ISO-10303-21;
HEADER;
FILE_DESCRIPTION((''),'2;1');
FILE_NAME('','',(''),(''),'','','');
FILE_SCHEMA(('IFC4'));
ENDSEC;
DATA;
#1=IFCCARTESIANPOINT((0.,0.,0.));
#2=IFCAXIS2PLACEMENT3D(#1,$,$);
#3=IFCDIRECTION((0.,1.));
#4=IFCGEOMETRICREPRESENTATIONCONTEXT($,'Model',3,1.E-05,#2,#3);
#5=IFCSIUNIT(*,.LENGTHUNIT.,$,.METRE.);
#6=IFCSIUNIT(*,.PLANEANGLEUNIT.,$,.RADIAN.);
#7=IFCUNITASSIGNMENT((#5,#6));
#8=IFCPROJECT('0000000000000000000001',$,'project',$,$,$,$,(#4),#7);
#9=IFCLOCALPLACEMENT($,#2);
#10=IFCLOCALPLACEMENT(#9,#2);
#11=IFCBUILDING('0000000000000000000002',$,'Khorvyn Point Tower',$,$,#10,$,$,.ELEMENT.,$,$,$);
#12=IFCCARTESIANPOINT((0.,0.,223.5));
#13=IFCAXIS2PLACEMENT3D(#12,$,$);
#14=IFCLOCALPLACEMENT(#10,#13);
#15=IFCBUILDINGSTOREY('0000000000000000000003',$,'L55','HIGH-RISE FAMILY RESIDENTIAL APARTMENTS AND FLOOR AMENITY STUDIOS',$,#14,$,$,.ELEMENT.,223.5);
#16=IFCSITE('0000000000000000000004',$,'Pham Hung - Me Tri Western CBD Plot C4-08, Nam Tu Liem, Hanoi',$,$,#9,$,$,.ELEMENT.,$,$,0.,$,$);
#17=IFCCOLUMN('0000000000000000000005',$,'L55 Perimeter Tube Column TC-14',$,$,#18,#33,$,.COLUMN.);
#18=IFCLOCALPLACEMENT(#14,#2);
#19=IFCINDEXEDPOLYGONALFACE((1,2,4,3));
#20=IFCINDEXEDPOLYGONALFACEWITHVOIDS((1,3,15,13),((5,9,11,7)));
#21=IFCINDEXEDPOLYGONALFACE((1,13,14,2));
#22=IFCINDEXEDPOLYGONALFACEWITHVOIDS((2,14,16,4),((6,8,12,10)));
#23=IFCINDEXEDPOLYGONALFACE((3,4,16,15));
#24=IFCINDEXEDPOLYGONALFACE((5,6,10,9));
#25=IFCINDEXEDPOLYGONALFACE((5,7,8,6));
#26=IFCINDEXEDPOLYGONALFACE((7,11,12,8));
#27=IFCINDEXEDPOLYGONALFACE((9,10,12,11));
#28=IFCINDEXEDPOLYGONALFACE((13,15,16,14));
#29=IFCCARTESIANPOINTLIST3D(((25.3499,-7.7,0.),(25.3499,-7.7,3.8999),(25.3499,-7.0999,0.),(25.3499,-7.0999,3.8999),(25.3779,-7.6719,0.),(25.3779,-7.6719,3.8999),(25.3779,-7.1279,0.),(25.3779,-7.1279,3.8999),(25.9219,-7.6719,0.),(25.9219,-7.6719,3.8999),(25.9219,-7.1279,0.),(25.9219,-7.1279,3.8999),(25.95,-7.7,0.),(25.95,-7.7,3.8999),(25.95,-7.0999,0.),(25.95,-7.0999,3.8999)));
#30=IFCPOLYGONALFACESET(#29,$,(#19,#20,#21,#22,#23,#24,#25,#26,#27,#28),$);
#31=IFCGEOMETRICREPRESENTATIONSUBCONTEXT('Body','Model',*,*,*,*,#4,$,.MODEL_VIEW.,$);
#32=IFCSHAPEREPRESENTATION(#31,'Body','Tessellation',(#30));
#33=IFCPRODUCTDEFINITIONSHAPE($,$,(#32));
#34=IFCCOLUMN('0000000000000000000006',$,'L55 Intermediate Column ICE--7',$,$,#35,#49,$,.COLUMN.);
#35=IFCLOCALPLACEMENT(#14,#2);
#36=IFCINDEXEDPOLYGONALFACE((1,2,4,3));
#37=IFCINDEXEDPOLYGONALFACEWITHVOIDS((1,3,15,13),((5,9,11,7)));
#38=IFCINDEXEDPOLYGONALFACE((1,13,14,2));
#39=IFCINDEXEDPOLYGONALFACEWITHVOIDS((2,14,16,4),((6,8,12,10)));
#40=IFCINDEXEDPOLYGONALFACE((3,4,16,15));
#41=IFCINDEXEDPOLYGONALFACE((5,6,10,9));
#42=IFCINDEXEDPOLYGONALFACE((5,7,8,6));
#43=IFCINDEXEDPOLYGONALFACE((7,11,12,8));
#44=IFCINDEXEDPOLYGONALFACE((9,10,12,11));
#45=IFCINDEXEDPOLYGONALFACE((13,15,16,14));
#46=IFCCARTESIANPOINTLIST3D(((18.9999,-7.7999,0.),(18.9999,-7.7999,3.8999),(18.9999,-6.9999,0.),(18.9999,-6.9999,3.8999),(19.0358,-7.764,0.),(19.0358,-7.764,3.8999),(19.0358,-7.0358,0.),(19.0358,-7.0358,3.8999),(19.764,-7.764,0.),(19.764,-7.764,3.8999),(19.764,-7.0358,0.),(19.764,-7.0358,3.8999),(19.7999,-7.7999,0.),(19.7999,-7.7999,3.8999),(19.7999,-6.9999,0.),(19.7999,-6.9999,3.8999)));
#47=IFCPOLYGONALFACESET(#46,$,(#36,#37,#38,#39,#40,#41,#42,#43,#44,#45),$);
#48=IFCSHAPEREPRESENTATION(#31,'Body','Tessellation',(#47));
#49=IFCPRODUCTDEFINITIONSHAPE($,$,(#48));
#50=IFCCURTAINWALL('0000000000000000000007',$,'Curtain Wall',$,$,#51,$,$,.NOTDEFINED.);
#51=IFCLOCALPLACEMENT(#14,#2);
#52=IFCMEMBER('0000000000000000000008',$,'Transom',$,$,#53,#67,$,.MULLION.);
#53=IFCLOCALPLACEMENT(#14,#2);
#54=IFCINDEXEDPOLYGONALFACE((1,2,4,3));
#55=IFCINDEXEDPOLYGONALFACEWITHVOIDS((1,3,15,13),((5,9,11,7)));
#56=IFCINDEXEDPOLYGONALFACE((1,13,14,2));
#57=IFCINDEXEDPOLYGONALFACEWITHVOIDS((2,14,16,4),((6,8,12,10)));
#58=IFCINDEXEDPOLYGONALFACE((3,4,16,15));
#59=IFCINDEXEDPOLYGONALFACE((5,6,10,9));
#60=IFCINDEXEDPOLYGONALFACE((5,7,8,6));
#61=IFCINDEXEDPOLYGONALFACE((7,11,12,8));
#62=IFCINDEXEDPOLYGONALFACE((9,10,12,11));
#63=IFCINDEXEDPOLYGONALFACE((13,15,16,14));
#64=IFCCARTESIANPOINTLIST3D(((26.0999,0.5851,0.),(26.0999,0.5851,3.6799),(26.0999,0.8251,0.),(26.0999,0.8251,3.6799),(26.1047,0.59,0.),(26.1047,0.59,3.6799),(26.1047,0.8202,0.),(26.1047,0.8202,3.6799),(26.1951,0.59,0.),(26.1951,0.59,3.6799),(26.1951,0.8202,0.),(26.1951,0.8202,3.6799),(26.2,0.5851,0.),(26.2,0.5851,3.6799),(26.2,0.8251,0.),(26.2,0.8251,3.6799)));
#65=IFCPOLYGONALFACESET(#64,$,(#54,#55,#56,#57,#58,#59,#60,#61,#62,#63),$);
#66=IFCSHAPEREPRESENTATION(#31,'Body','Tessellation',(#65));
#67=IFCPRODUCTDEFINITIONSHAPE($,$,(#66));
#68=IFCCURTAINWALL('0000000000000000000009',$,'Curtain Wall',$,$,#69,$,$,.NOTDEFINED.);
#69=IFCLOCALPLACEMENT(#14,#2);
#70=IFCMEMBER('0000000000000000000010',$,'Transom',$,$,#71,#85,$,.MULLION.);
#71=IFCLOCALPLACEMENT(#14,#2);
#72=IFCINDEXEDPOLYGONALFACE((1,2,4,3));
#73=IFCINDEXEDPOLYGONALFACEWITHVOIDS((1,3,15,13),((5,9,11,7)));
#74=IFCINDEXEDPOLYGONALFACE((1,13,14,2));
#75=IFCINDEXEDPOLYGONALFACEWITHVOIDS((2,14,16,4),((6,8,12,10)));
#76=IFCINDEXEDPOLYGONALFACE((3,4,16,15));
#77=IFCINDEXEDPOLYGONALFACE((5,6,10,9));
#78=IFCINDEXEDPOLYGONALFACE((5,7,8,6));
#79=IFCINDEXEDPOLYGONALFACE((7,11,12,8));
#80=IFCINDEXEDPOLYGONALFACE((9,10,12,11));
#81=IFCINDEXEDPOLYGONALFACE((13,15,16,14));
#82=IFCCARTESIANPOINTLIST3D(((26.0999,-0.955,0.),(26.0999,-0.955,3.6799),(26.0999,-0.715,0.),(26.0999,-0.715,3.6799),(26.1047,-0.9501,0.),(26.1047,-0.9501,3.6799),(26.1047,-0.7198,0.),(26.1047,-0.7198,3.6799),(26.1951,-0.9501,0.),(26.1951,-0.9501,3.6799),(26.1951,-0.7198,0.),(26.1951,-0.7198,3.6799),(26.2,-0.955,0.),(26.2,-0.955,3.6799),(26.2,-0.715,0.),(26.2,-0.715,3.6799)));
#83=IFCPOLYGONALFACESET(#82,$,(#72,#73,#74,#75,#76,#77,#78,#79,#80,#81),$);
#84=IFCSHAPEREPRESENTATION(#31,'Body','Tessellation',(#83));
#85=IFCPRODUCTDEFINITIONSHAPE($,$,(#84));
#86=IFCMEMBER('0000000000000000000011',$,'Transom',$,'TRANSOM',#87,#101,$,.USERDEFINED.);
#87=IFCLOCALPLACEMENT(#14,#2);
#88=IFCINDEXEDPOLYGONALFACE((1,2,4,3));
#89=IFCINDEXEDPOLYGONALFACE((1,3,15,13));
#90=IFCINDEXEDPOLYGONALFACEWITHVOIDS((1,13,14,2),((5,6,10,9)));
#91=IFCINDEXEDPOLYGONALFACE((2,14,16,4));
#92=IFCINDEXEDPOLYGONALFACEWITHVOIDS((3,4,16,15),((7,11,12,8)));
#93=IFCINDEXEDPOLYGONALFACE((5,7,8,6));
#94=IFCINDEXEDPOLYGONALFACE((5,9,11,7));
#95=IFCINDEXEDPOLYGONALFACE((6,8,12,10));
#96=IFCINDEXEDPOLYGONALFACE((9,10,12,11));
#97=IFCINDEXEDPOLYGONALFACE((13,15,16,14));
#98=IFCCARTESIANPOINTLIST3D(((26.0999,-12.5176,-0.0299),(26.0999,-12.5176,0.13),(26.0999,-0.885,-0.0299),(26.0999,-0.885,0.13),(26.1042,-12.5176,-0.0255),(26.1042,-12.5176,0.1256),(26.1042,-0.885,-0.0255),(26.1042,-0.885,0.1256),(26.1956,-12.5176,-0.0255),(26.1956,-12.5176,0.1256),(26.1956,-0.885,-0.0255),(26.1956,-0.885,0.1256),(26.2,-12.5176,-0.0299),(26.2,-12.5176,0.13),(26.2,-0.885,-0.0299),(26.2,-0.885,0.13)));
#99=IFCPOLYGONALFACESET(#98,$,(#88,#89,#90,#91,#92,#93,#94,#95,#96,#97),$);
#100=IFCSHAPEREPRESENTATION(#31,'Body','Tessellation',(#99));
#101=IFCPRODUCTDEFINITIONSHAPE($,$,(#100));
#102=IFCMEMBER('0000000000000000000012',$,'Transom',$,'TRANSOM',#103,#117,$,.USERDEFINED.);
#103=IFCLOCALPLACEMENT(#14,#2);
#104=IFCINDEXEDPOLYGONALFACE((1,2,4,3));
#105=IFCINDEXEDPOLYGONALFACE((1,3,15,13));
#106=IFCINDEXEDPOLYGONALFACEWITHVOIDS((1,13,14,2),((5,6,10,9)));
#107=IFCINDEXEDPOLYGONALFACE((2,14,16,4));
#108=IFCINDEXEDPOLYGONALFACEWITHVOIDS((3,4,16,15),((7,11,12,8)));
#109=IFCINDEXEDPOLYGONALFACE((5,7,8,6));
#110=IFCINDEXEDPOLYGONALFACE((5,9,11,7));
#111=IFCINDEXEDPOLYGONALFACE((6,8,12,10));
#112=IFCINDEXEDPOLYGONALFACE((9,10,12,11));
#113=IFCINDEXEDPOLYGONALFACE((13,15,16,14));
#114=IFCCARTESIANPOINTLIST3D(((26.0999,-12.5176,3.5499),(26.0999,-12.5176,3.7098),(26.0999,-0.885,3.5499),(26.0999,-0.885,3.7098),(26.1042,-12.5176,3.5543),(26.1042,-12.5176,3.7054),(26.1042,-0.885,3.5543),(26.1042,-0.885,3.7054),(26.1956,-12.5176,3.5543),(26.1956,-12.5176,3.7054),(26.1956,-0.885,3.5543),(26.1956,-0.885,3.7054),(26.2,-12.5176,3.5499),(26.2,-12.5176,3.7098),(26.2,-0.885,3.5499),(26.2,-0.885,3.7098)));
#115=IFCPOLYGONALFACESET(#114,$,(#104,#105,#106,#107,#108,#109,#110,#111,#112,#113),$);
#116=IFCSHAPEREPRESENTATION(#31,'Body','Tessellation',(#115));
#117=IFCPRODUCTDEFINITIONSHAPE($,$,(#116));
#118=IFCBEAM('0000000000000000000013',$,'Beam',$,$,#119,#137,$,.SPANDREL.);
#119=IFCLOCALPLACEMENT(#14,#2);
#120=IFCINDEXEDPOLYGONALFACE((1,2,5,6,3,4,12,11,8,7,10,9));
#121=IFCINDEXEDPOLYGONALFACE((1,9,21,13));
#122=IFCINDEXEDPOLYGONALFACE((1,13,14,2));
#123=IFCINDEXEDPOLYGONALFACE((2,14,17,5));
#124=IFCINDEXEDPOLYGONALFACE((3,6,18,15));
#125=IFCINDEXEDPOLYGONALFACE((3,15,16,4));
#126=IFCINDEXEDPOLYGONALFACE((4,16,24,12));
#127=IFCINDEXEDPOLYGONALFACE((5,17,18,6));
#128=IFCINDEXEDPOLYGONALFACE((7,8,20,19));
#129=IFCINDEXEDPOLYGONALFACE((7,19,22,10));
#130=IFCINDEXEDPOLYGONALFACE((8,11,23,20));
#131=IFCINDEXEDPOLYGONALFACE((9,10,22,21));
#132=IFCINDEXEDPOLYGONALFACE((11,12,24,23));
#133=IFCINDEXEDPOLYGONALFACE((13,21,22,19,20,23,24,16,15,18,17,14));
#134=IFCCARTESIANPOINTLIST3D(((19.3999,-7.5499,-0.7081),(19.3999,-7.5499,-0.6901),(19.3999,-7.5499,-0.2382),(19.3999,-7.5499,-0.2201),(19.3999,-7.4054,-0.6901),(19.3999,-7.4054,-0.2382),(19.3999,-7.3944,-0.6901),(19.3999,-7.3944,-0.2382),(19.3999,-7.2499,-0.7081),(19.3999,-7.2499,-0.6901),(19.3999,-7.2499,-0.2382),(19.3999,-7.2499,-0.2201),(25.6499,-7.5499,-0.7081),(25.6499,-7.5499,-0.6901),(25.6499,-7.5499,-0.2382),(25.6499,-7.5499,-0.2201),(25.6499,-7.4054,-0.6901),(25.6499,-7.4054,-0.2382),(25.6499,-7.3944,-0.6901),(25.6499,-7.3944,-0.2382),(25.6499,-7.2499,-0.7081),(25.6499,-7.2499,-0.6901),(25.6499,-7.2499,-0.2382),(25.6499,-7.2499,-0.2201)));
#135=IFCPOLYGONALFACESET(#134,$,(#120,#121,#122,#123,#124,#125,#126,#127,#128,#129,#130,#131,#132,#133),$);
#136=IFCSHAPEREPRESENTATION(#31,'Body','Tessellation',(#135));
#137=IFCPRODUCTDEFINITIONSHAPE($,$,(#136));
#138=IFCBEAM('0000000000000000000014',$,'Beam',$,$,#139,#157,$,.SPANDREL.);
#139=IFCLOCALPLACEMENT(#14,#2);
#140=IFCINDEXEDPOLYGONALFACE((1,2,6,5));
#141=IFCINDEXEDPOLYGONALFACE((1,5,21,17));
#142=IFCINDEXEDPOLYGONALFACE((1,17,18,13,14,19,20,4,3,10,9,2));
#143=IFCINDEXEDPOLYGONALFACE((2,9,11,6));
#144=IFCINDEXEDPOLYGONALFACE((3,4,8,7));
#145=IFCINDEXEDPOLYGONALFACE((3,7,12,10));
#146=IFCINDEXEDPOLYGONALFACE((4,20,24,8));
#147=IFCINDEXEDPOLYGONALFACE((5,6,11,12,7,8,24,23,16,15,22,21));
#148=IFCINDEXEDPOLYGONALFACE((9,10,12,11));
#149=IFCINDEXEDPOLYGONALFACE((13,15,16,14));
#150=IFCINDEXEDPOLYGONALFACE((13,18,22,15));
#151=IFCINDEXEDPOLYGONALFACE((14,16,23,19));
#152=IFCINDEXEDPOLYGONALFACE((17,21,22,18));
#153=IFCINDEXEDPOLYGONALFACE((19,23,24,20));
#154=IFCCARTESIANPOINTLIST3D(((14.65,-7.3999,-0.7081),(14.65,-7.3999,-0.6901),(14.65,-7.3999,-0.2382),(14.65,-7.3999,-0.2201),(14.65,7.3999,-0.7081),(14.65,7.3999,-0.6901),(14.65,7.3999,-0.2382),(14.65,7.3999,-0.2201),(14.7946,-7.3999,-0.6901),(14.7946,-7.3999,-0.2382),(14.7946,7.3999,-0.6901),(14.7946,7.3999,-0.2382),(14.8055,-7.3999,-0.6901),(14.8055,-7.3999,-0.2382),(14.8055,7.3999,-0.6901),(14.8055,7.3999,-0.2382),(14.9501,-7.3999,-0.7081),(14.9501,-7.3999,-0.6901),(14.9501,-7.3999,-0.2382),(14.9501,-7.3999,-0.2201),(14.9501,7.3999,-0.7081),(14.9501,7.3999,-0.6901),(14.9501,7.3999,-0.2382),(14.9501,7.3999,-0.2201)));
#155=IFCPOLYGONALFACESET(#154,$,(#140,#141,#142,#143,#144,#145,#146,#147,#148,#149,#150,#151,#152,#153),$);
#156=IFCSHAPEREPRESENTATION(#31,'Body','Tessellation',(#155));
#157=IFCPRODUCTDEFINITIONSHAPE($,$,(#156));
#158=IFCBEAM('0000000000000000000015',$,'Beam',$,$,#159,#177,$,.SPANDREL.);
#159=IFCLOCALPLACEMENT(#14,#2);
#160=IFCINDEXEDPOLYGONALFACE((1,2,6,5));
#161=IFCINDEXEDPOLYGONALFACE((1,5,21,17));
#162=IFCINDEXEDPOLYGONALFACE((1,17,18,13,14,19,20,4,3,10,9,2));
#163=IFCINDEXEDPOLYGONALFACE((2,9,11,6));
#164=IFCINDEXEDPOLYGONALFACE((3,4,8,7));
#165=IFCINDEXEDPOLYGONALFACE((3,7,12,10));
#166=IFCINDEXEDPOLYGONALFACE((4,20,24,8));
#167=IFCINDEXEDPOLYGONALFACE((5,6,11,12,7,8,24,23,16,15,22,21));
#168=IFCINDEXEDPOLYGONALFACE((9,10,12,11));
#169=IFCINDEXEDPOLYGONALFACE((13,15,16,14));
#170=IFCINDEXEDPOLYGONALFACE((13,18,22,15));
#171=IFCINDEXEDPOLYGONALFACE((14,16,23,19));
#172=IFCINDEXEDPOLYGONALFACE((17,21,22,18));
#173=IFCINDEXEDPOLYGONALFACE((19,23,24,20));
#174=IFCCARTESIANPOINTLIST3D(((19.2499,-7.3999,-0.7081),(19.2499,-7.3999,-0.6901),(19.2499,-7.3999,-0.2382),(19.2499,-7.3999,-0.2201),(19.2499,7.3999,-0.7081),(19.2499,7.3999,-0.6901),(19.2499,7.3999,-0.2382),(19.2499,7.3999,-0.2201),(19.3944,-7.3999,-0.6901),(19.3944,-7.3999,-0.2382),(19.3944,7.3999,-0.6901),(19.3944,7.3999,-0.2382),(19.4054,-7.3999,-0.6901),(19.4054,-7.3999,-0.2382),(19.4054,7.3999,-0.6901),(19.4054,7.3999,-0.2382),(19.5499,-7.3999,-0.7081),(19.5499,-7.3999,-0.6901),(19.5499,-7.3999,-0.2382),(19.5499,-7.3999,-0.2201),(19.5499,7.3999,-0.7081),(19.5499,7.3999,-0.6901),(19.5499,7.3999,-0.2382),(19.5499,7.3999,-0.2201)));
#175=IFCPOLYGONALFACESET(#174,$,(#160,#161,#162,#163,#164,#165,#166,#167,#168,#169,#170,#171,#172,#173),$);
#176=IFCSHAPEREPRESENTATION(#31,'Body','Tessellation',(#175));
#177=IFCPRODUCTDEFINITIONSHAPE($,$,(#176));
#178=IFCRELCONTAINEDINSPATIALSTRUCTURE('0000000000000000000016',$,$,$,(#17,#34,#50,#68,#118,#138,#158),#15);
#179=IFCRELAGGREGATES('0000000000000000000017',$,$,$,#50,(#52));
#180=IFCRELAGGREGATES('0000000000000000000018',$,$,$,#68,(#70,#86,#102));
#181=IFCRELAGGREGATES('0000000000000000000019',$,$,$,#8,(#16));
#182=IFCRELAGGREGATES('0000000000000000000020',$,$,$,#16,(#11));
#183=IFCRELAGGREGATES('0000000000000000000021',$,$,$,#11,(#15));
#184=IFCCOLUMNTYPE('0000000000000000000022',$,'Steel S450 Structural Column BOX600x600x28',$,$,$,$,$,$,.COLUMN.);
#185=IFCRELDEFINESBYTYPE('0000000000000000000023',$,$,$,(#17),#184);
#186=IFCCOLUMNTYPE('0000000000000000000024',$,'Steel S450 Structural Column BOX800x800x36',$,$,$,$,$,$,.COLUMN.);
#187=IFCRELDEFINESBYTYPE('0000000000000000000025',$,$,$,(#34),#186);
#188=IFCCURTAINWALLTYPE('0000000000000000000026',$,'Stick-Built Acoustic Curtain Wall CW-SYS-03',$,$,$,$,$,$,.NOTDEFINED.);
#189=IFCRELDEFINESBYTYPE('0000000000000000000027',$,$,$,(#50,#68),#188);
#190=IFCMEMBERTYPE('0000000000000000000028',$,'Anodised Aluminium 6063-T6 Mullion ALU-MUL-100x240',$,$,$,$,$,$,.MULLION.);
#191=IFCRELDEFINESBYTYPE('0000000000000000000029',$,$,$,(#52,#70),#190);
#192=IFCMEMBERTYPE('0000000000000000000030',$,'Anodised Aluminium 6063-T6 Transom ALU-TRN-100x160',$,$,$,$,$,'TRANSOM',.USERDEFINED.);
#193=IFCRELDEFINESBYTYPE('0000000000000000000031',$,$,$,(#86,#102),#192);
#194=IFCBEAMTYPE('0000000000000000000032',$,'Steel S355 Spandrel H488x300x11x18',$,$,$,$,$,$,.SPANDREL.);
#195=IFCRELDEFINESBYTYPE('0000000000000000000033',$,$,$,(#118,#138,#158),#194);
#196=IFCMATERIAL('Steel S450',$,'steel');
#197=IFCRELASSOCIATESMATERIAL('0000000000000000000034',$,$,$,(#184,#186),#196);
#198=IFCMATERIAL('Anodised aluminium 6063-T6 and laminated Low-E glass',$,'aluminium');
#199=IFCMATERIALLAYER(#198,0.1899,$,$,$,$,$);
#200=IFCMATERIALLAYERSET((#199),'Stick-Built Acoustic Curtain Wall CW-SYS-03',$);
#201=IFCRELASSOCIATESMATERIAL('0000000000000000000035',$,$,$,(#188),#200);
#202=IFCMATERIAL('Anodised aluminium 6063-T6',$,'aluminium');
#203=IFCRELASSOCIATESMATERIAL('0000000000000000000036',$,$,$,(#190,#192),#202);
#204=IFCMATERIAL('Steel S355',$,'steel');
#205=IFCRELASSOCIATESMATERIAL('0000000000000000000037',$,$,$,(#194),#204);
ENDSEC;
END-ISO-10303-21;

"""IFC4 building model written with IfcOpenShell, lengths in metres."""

from ifc_helpers import new_model, si_unit, direction, frame, origin, origin_2d, place, context, subcontext, project, spatial, hollow_rectangle, i_section, extrude, material, layer, layer_set, material_profile, profile_set, type_object, element, aggregate, save


model = new_model("IFC4")

# Units and contexts
model_context = context("Model", 3, precision=1e-05, world=origin(), true_north=direction((0.0, 1.0)))
body_context = subcontext(model_context, "Body", "Model", "MODEL_VIEW")
ifc_project = project(units=[si_unit("LENGTHUNIT", "METRE"), si_unit("PLANEANGLEUNIT", "RADIAN")], contexts=[model_context])

# Site, building, storey
site_placement = place(None, origin())
site = spatial("IfcSite", under=ifc_project, at=site_placement, Name="Pham Hung - Me Tri Western CBD Plot C4-08, Nam Tu Liem, Hanoi", CompositionType="ELEMENT", RefElevation=0.0)
building_placement = place(site_placement, origin())
building = spatial("IfcBuilding", under=site, at=building_placement, Name="Khorvyn Point Tower", CompositionType="ELEMENT")
storey_placement = place(building_placement, frame((0.0, 0.0, 223.5)))
storey = spatial("IfcBuildingStorey", under=building, at=storey_placement, Name="L55", Description="HIGH-RISE FAMILY RESIDENTIAL APARTMENTS AND FLOOR AMENITY STUDIOS", CompositionType="ELEMENT", Elevation=223.5)

# Columns
ifc_material_1 = material(Name="Steel S450", Category="steel")
ifc_material_profile_1 = material_profile(ifc_material_1, hollow_rectangle(XDim=0.6001, YDim=0.6001, WallThickness=0.0281, at=origin_2d()))
ifc_profile_set_1 = profile_set([ifc_material_profile_1], Name="Steel S450 BOX600x600x28")
column_type_1 = type_object("IfcColumnType", Name="Steel S450 Structural Column BOX600x600x28", PredefinedType="COLUMN", material=ifc_profile_set_1)
column_1_placement = place(storey_placement, frame((25.6499, -7.3999, 0.0), z_axis=(0.0, 0.0, 1.0), x_axis=(1.0, 0.0, 0.0)))
element("IfcColumn", 1, at=column_1_placement, inside=storey, type_object=column_type_1, Name="L55 Perimeter Tube Column TC-14", PredefinedType="COLUMN", context=body_context, shape_type="SweptSolid", body=[
    extrude(hollow_rectangle(XDim=0.6001, YDim=0.6001, WallThickness=0.0281, at=origin_2d()), origin(), (0.0, 0.0, 1.0), 3.8999),
])
ifc_material_profile_2 = material_profile(ifc_material_1, hollow_rectangle(XDim=0.8, YDim=0.8, WallThickness=0.0359, at=origin_2d()))
ifc_profile_set_2 = profile_set([ifc_material_profile_2], Name="Steel S450 BOX800x800x36")
column_type_2 = type_object("IfcColumnType", Name="Steel S450 Structural Column BOX800x800x36", PredefinedType="COLUMN", material=ifc_profile_set_2)
column_2_placement = place(storey_placement, frame((19.3999, -7.3999, 0.0), z_axis=(0.0, 0.0, 1.0), x_axis=(1.0, 0.0, 0.0)))
element("IfcColumn", 2, at=column_2_placement, inside=storey, type_object=column_type_2, Name="L55 Intermediate Column ICE--7", PredefinedType="COLUMN", context=body_context, shape_type="SweptSolid", body=[
    extrude(hollow_rectangle(XDim=0.8, YDim=0.8, WallThickness=0.0359, at=origin_2d()), origin(), (0.0, 0.0, 1.0), 3.8999),
])

# Curtain wall, member
ifc_material_2 = material(Name="Anodised aluminium 6063-T6 and laminated Low-E glass", Category="aluminium")
ifc_layer_1 = layer(ifc_material_2, 0.1899)
ifc_layer_set_1 = layer_set([ifc_layer_1], Name="Stick-Built Acoustic Curtain Wall CW-SYS-03")
curtain_wall_type = type_object("IfcCurtainWallType", Name="Stick-Built Acoustic Curtain Wall CW-SYS-03", PredefinedType="NOTDEFINED", material=ifc_layer_set_1)
curtain_wall_1_placement = place(storey_placement, origin())
curtain_wall_1 = element("IfcCurtainWall", 3, at=curtain_wall_1_placement, inside=storey, type_object=curtain_wall_type, Name="Curtain Wall", PredefinedType="NOTDEFINED")
ifc_material_3 = material(Name="Anodised aluminium 6063-T6", Category="aluminium")
ifc_material_profile_3 = material_profile(ifc_material_3, hollow_rectangle(XDim=0.1001, YDim=0.24, WallThickness=0.0049, at=origin_2d()))
ifc_profile_set_3 = profile_set([ifc_material_profile_3], Name="Anodised aluminium 6063-T6 ALU-MUL-100x240")
member_type_1 = type_object("IfcMemberType", Name="Anodised Aluminium 6063-T6 Mullion ALU-MUL-100x240", PredefinedType="MULLION", material=ifc_profile_set_3)
member_1_placement = place(storey_placement, frame((26.1499, 0.7051, 0.0), z_axis=(0.0, 0.0, 1.0), x_axis=(1.0, 0.0, 0.0)))
member_1 = element("IfcMember", 4, at=member_1_placement, type_object=member_type_1, Name="Transom", PredefinedType="MULLION", context=body_context, shape_type="SweptSolid", body=[
    extrude(hollow_rectangle(XDim=0.1001, YDim=0.24, WallThickness=0.0049, at=origin_2d()), origin(), (0.0, 0.0, 1.0), 3.6799),
])
aggregate(curtain_wall_1, [member_1])

# Curtain wall, members
curtain_wall_2_placement = place(storey_placement, origin())
curtain_wall_2 = element("IfcCurtainWall", 5, at=curtain_wall_2_placement, inside=storey, type_object=curtain_wall_type, Name="Curtain Wall", PredefinedType="NOTDEFINED")
member_2_placement = place(storey_placement, frame((26.1499, -0.835, 0.0), z_axis=(0.0, 0.0, 1.0), x_axis=(1.0, 0.0, 0.0)))
member_2 = element("IfcMember", 6, at=member_2_placement, type_object=member_type_1, Name="Transom", PredefinedType="MULLION", context=body_context, shape_type="SweptSolid", body=[
    extrude(hollow_rectangle(XDim=0.1001, YDim=0.24, WallThickness=0.0049, at=origin_2d()), origin(), (0.0, 0.0, 1.0), 3.6799),
])
ifc_material_profile_4 = material_profile(ifc_material_3, hollow_rectangle(XDim=0.1001, YDim=0.1599, WallThickness=0.0044, at=origin_2d()))
ifc_profile_set_4 = profile_set([ifc_material_profile_4], Name="Anodised aluminium 6063-T6 ALU-TRN-100x160")
member_type_2 = type_object("IfcMemberType", Name="Anodised Aluminium 6063-T6 Transom ALU-TRN-100x160", ElementType="TRANSOM", PredefinedType="USERDEFINED", material=ifc_profile_set_4)
member_3_placement = place(storey_placement, frame((26.1499, -0.885, 0.05), z_axis=(0.0, -1.0, 0.0), x_axis=(1.0, 0.0, 0.0)))
member_3 = element("IfcMember", 7, at=member_3_placement, type_object=member_type_2, Name="Transom", ObjectType="TRANSOM", PredefinedType="USERDEFINED", context=body_context, shape_type="SweptSolid", body=[
    extrude(hollow_rectangle(XDim=0.1001, YDim=0.1599, WallThickness=0.0044, at=origin_2d()), origin(), (0.0, 0.0, 1.0), 11.6326),
])
member_4_placement = place(storey_placement, frame((26.1499, -0.885, 3.6299), z_axis=(0.0, -1.0, 0.0), x_axis=(1.0, 0.0, 0.0)))
member_4 = element("IfcMember", 8, at=member_4_placement, type_object=member_type_2, Name="Transom", ObjectType="TRANSOM", PredefinedType="USERDEFINED", context=body_context, shape_type="SweptSolid", body=[
    extrude(hollow_rectangle(XDim=0.1001, YDim=0.1599, WallThickness=0.0044, at=origin_2d()), origin(), (0.0, 0.0, 1.0), 11.6326),
])

# Beams
ifc_material_4 = material(Name="Steel S355", Category="steel")
ifc_material_profile_5 = material_profile(ifc_material_4, i_section(OverallWidth=0.3, OverallDepth=0.488, WebThickness=0.011, FlangeThickness=0.0181, at=origin_2d()))
ifc_profile_set_5 = profile_set([ifc_material_profile_5], Name="Steel S355 H488x300x11x18")
beam_type_1 = type_object("IfcBeamType", Name="Steel S355 Spandrel H488x300x11x18", PredefinedType="SPANDREL", material=ifc_profile_set_5)
beam_1_placement = place(storey_placement, frame((19.3999, -7.3999, -0.4641), z_axis=(1.0, 0.0, 0.0), x_axis=(0.0, 1.0, 0.0)))
element("IfcBeam", 9, at=beam_1_placement, inside=storey, type_object=beam_type_1, Name="Beam", PredefinedType="SPANDREL", context=body_context, shape_type="SweptSolid", body=[
    extrude(i_section(OverallWidth=0.3, OverallDepth=0.488, WebThickness=0.011, FlangeThickness=0.0181, at=origin_2d()), origin(), (0.0, 0.0, 1.0), 6.25),
])
for number, where, z_axis, x_axis, name in (
    (10, (14.8, -7.3999, -0.4641), (0.0, 1.0, 0.0), (-1.0, 0.0, 0.0), "Beam"),
    (11, (19.3999, -7.3999, -0.4641), (0.0, 1.0, 0.0), (-1.0, 0.0, 0.0), "Beam"),
):
    element("IfcBeam", number, at=place(storey_placement, frame(where, z_axis=z_axis, x_axis=x_axis)), inside=storey, type_object=beam_type_1, Name=name, PredefinedType="SPANDREL", context=body_context, shape_type="SweptSolid", body=[
        extrude(i_section(OverallWidth=0.3, OverallDepth=0.488, WebThickness=0.011, FlangeThickness=0.0181, at=origin_2d()), origin(), (0.0, 0.0, 1.0), 14.7998),
    ])

aggregate(curtain_wall_2, [member_2, member_3, member_4])

save(model, "model.ifc")
